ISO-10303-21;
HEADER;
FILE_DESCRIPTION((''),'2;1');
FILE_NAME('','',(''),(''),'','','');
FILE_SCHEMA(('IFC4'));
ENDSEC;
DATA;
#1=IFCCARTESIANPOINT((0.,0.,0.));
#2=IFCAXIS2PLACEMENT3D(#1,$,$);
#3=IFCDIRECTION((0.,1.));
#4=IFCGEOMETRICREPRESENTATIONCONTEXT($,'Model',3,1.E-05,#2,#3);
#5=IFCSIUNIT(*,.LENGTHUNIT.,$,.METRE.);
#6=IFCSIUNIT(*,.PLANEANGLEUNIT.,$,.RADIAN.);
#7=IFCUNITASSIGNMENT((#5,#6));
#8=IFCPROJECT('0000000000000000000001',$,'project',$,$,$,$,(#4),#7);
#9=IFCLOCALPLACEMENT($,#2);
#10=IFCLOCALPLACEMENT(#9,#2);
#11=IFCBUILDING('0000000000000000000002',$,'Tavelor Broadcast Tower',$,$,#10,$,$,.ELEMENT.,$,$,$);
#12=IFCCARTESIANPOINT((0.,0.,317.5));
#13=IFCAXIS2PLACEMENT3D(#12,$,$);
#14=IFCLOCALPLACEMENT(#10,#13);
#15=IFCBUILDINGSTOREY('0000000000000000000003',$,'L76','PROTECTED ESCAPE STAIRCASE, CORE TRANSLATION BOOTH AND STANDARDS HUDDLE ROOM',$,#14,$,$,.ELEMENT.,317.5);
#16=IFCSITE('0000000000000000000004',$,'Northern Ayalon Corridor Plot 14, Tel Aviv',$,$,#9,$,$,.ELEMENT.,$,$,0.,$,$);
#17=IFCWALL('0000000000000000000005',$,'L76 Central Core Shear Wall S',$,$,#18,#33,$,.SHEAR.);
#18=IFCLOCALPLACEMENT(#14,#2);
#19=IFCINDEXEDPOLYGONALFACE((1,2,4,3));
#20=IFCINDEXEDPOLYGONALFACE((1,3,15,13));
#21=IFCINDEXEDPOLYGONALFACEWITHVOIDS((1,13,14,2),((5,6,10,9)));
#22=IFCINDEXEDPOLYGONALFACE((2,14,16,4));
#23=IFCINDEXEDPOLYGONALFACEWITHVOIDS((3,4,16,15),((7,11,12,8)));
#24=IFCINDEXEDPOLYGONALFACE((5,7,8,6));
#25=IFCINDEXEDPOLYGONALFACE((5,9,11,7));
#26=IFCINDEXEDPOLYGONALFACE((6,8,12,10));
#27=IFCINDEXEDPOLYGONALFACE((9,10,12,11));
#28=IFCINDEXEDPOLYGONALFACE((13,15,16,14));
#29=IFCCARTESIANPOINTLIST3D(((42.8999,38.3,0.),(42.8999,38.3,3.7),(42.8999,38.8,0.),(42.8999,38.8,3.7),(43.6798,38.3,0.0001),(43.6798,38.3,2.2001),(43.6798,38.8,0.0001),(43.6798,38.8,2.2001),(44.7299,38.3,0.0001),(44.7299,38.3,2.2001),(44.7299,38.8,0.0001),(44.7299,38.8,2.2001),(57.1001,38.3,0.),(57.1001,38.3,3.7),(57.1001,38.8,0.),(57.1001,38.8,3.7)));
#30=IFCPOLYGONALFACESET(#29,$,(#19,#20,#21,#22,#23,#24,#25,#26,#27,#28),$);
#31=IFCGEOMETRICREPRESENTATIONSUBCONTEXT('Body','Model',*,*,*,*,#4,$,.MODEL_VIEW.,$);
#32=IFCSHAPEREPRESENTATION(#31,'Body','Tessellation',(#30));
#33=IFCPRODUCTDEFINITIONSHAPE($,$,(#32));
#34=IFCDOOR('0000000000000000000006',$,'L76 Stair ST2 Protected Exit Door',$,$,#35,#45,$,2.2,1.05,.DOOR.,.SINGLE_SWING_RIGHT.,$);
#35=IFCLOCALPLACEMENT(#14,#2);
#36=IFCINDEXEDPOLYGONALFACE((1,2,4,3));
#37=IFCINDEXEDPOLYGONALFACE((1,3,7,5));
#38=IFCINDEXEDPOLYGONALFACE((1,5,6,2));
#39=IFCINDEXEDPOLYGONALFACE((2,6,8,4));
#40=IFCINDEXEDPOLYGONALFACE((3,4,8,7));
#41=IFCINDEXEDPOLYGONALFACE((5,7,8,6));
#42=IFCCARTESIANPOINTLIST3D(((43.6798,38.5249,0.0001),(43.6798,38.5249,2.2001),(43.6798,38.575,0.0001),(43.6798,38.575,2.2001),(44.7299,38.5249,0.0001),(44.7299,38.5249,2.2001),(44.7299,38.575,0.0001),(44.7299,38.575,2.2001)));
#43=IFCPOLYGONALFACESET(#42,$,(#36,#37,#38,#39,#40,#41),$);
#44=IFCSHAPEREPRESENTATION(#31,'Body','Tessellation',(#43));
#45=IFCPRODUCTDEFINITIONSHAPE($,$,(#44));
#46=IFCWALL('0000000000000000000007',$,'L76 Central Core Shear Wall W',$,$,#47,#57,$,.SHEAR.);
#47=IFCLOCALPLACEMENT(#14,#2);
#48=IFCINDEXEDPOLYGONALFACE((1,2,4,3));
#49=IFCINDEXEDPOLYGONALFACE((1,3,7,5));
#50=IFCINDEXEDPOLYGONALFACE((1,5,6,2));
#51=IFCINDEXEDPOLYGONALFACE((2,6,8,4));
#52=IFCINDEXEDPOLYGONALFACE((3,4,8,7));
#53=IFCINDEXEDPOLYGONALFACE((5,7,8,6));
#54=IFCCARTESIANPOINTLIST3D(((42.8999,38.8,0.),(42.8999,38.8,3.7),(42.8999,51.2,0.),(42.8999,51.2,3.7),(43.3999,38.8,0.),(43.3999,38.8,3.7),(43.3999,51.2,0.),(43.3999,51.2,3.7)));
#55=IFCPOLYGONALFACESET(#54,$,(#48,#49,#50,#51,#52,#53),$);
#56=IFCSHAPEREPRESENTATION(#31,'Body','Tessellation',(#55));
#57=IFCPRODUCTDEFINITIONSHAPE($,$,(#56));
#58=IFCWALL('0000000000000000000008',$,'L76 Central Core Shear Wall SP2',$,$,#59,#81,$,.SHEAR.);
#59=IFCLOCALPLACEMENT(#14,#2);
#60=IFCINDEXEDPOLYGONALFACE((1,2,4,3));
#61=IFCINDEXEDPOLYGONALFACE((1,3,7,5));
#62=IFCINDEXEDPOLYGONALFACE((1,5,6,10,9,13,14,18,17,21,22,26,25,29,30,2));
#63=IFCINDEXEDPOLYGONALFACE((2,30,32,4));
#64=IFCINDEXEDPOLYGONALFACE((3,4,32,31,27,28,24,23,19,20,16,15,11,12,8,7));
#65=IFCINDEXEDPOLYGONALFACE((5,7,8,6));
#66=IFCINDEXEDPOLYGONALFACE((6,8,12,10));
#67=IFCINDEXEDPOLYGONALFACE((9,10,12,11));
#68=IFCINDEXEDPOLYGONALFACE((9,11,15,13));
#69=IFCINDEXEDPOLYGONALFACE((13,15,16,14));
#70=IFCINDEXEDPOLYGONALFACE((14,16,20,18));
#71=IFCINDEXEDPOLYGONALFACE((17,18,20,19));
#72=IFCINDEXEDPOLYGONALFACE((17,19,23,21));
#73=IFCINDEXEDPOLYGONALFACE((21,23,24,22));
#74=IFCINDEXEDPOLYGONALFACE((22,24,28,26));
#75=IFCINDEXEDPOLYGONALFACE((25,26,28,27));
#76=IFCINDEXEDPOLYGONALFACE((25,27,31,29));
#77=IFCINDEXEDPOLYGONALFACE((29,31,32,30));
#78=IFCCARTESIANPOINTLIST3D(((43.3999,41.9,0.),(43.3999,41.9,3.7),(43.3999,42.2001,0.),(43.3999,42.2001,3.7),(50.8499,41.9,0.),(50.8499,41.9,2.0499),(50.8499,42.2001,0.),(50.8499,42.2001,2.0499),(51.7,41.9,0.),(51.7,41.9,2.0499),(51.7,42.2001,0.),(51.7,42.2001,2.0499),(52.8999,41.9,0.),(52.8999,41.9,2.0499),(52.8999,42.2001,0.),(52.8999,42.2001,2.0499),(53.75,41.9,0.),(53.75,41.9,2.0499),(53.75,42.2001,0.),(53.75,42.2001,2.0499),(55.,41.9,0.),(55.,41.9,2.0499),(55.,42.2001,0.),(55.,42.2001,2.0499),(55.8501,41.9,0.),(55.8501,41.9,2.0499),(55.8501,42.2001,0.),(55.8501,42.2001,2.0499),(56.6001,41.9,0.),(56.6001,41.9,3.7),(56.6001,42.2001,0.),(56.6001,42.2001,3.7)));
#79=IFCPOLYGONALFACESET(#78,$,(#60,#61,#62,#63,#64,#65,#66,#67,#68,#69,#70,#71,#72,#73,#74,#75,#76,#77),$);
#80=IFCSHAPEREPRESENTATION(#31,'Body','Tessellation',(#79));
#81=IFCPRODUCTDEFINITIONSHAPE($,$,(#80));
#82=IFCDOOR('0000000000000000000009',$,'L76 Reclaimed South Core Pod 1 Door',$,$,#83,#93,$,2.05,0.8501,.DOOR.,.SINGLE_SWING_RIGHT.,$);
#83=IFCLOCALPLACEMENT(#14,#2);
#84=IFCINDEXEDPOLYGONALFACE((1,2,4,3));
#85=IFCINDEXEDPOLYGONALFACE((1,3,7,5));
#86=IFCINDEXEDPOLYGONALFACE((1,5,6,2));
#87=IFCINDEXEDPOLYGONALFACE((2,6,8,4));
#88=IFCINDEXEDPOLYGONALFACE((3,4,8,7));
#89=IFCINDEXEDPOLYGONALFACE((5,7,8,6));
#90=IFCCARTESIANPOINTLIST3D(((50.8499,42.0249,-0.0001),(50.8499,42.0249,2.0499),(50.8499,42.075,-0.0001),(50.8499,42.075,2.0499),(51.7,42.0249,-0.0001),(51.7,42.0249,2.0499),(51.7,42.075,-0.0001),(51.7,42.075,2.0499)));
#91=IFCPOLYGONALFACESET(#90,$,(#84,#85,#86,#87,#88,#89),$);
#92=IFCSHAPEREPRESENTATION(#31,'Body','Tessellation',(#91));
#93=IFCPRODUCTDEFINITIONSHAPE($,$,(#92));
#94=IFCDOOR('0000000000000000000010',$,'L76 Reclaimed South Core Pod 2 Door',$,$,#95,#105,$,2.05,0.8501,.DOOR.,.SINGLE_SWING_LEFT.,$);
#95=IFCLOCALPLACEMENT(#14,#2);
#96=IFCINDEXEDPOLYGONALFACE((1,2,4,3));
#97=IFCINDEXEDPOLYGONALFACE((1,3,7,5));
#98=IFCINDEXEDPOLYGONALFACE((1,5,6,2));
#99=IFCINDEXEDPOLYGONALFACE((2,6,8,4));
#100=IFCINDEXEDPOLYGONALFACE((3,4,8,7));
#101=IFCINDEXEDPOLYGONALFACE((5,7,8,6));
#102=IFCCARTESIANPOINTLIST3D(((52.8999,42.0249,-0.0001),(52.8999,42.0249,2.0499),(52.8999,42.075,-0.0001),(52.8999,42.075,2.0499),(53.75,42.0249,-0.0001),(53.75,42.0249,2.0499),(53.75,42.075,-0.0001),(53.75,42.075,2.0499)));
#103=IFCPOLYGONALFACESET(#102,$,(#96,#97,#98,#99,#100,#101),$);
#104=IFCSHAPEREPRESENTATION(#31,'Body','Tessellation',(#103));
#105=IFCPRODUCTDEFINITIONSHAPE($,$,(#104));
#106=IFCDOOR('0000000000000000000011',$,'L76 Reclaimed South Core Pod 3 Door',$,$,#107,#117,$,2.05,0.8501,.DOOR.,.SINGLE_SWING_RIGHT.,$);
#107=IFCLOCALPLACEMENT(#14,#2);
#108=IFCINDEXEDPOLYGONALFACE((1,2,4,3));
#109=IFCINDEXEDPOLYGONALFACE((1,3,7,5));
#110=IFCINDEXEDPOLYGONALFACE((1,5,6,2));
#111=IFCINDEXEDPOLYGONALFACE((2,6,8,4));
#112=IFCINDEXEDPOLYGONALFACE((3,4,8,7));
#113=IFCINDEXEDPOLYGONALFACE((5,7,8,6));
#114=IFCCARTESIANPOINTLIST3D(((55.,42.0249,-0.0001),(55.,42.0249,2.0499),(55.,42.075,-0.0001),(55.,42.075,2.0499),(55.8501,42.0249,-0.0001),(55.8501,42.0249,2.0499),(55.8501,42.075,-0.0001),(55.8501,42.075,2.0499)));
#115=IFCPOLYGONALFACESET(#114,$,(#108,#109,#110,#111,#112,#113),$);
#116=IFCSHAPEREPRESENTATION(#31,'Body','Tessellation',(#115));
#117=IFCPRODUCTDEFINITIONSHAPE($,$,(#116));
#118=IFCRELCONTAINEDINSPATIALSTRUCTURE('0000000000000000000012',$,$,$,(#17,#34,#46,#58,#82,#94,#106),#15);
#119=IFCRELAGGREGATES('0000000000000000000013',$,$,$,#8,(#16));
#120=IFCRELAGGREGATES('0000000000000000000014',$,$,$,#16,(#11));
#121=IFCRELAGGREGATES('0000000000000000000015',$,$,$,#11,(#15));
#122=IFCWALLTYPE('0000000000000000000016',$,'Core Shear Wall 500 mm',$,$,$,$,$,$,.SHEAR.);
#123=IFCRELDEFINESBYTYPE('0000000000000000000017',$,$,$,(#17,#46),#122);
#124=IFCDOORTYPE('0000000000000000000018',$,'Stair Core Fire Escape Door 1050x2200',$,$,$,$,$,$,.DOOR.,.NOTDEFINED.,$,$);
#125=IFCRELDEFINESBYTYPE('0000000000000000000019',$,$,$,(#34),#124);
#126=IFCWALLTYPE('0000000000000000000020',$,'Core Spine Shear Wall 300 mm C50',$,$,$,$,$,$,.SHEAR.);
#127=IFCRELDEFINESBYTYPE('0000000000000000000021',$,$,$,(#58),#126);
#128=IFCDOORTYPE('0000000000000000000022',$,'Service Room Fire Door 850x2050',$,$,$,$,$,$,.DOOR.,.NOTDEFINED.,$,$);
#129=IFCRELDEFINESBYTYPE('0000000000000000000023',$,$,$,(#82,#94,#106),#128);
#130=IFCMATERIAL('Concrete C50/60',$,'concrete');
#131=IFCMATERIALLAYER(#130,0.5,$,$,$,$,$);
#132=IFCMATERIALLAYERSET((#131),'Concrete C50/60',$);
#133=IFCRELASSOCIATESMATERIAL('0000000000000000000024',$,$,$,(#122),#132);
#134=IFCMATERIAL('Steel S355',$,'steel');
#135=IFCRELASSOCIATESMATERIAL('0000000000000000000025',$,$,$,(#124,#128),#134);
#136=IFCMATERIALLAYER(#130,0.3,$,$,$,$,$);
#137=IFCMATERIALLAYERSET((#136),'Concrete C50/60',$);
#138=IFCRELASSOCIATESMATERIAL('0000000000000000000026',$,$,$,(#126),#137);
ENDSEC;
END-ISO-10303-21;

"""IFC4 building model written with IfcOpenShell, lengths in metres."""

from ifc_helpers import new_model, si_unit, direction, frame, frame_2d, origin, place, context, subcontext, project, spatial, rectangle, extrude, material, layer, layer_set, type_object, element, fill, save


model = new_model("IFC4")

# Units and contexts
model_context = context("Model", 3, precision=1e-05, world=origin(), true_north=direction((0.0, 1.0)))
body_context = subcontext(model_context, "Body", "Model", "MODEL_VIEW")
ifc_project = project(units=[si_unit("LENGTHUNIT", "METRE"), si_unit("PLANEANGLEUNIT", "RADIAN")], contexts=[model_context])

# Site, building, storey
site_placement = place(None, origin())
site = spatial("IfcSite", under=ifc_project, at=site_placement, Name="Northern Ayalon Corridor Plot 14, Tel Aviv", CompositionType="ELEMENT", RefElevation=0.0)
building_placement = place(site_placement, origin())
building = spatial("IfcBuilding", under=site, at=building_placement, Name="Tavelor Broadcast Tower", CompositionType="ELEMENT")
storey_placement = place(building_placement, frame((0.0, 0.0, 317.5)))
storey = spatial("IfcBuildingStorey", under=building, at=storey_placement, Name="L76", Description="PROTECTED ESCAPE STAIRCASE, CORE TRANSLATION BOOTH AND STANDARDS HUDDLE ROOM", CompositionType="ELEMENT", Elevation=317.5)

# Shared definitions
ifc_material_1 = material(Name="Concrete C50/60", Category="concrete")

# Shared definitions
ifc_material_2 = material(Name="Steel S355", Category="steel")

# Wall, opening, door
ifc_layer_1 = layer(ifc_material_1, 0.5)
ifc_layer_set_1 = layer_set([ifc_layer_1], Name="Concrete C50/60")
wall_type_1 = type_object("IfcWallType", Name="Core Shear Wall 500 mm", PredefinedType="SHEAR", material=ifc_layer_set_1)
wall_1_placement = place(storey_placement, frame((42.8999, 38.55, 0.0), z_axis=(0.0, 0.0, 1.0), x_axis=(1.0, 0.0, 0.0)))
wall_1 = element("IfcWall", 1, at=wall_1_placement, inside=storey, type_object=wall_type_1, Name="L76 Central Core Shear Wall S", PredefinedType="SHEAR", context=body_context, shape_type="SweptSolid", body=[
    extrude(rectangle(XDim=14.2002, YDim=0.5, at=frame_2d((7.1001, 0.0))), origin(), (0.0, 0.0, 1.0), 3.7),
])
opening_1_placement = place(wall_1_placement, frame((0.78, 0.0, 0.0)))
opening_1 = element("IfcOpeningElement", 2, at=opening_1_placement, cuts=wall_1, PredefinedType="OPENING", context=body_context, shape_type="SweptSolid", body=[
    extrude(rectangle(XDim=1.05, YDim=2.2, at=frame_2d((0.5249, 1.1001))), frame((0.0, 0.26, 0.0), z_axis=(0.0, -1.0, 0.0), x_axis=(1.0, 0.0, 0.0)), (0.0, 0.0, 1.0), 0.52),
])
door_type_1 = type_object("IfcDoorType", Name="Stair Core Fire Escape Door 1050x2200", OperationType="NOTDEFINED", PredefinedType="DOOR", material=ifc_material_2)
door_1_placement = place(opening_1_placement, origin())
door_1 = element("IfcDoor", 3, at=door_1_placement, inside=storey, type_object=door_type_1, Name="L76 Stair ST2 Protected Exit Door", OperationType="SINGLE_SWING_RIGHT", OverallHeight=2.2, OverallWidth=1.05, PredefinedType="DOOR", context=body_context, shape_type="SweptSolid", body=[
    extrude(rectangle(XDim=1.05, YDim=2.2, at=frame_2d((0.5249, 1.1001))), frame((0.0, 0.0249, 0.0), z_axis=(0.0, -1.0, 0.0), x_axis=(1.0, 0.0, 0.0)), (0.0, 0.0, 1.0), 0.05),
])
fill(opening_1, door_1)

# Wall
wall_2_placement = place(storey_placement, frame((43.1499, 38.8, 0.0), z_axis=(0.0, 0.0, 1.0), x_axis=(0.0, 1.0, 0.0)))
element("IfcWall", 4, at=wall_2_placement, inside=storey, type_object=wall_type_1, Name="L76 Central Core Shear Wall W", PredefinedType="SHEAR", context=body_context, shape_type="SweptSolid", body=[
    extrude(rectangle(XDim=12.3999, YDim=0.5, at=frame_2d((6.2, 0.0))), origin(), (0.0, 0.0, 1.0), 3.7),
])

# Wall, openings, doors
ifc_layer_2 = layer(ifc_material_1, 0.3)
ifc_layer_set_2 = layer_set([ifc_layer_2], Name="Concrete C50/60")
wall_type_2 = type_object("IfcWallType", Name="Core Spine Shear Wall 300 mm C50", PredefinedType="SHEAR", material=ifc_layer_set_2)
wall_3_placement = place(storey_placement, frame((43.3999, 42.05, 0.0), z_axis=(0.0, 0.0, 1.0), x_axis=(1.0, 0.0, 0.0)))
wall_3 = element("IfcWall", 5, at=wall_3_placement, inside=storey, type_object=wall_type_2, Name="L76 Central Core Shear Wall SP2", PredefinedType="SHEAR", context=body_context, shape_type="SweptSolid", body=[
    extrude(rectangle(XDim=13.2002, YDim=0.3, at=frame_2d((6.6001, 0.0))), origin(), (0.0, 0.0, 1.0), 3.7),
])
opening_2_placement = place(wall_3_placement, frame((7.45, 0.0, 0.0)))
opening_2 = element("IfcOpeningElement", 6, at=opening_2_placement, cuts=wall_3, PredefinedType="OPENING", context=body_context, shape_type="SweptSolid", body=[
    extrude(rectangle(XDim=0.8501, YDim=2.05, at=frame_2d((0.425, 1.0249))), frame((0.0, 0.1602, 0.0), z_axis=(0.0, -1.0, 0.0), x_axis=(1.0, 0.0, 0.0)), (0.0, 0.0, 1.0), 0.3201),
])
opening_3_placement = place(wall_3_placement, frame((9.5, 0.0, 0.0)))
opening_3 = element("IfcOpeningElement", 7, at=opening_3_placement, cuts=wall_3, PredefinedType="OPENING", context=body_context, shape_type="SweptSolid", body=[
    extrude(rectangle(XDim=0.8501, YDim=2.05, at=frame_2d((0.425, 1.0249))), frame((0.0, 0.1602, 0.0), z_axis=(0.0, -1.0, 0.0), x_axis=(1.0, 0.0, 0.0)), (0.0, 0.0, 1.0), 0.3201),
])
opening_4_placement = place(wall_3_placement, frame((11.6001, 0.0, 0.0)))
opening_4 = element("IfcOpeningElement", 8, at=opening_4_placement, cuts=wall_3, PredefinedType="OPENING", context=body_context, shape_type="SweptSolid", body=[
    extrude(rectangle(XDim=0.8501, YDim=2.05, at=frame_2d((0.425, 1.0249))), frame((0.0, 0.1602, 0.0), z_axis=(0.0, -1.0, 0.0), x_axis=(1.0, 0.0, 0.0)), (0.0, 0.0, 1.0), 0.3201),
])
door_type_2 = type_object("IfcDoorType", Name="Service Room Fire Door 850x2050", OperationType="NOTDEFINED", PredefinedType="DOOR", material=ifc_material_2)
door_2_placement = place(opening_2_placement, origin())
door_2 = element("IfcDoor", 9, at=door_2_placement, inside=storey, type_object=door_type_2, Name="L76 Reclaimed South Core Pod 1 Door", OperationType="SINGLE_SWING_RIGHT", OverallHeight=2.05, OverallWidth=0.8501, PredefinedType="DOOR", context=body_context, shape_type="SweptSolid", body=[
    extrude(rectangle(XDim=0.8501, YDim=2.05, at=frame_2d((0.425, 1.0249))), frame((0.0, 0.0249, 0.0), z_axis=(0.0, -1.0, 0.0), x_axis=(1.0, 0.0, 0.0)), (0.0, 0.0, 1.0), 0.05),
])
fill(opening_2, door_2)
door_3_placement = place(opening_3_placement, origin())
door_3 = element("IfcDoor", 10, at=door_3_placement, inside=storey, type_object=door_type_2, Name="L76 Reclaimed South Core Pod 2 Door", OperationType="SINGLE_SWING_LEFT", OverallHeight=2.05, OverallWidth=0.8501, PredefinedType="DOOR", context=body_context, shape_type="SweptSolid", body=[
    extrude(rectangle(XDim=0.8501, YDim=2.05, at=frame_2d((0.425, 1.0249))), frame((0.0, 0.0249, 0.0), z_axis=(0.0, -1.0, 0.0), x_axis=(1.0, 0.0, 0.0)), (0.0, 0.0, 1.0), 0.05),
])
fill(opening_3, door_3)
door_4_placement = place(opening_4_placement, origin())
door_4 = element("IfcDoor", 11, at=door_4_placement, inside=storey, type_object=door_type_2, Name="L76 Reclaimed South Core Pod 3 Door", OperationType="SINGLE_SWING_RIGHT", OverallHeight=2.05, OverallWidth=0.8501, PredefinedType="DOOR", context=body_context, shape_type="SweptSolid", body=[
    extrude(rectangle(XDim=0.8501, YDim=2.05, at=frame_2d((0.425, 1.0249))), frame((0.0, 0.0249, 0.0), z_axis=(0.0, -1.0, 0.0), x_axis=(1.0, 0.0, 0.0)), (0.0, 0.0, 1.0), 0.05),
])
fill(opening_4, door_4)

save(model, "model.ifc")
